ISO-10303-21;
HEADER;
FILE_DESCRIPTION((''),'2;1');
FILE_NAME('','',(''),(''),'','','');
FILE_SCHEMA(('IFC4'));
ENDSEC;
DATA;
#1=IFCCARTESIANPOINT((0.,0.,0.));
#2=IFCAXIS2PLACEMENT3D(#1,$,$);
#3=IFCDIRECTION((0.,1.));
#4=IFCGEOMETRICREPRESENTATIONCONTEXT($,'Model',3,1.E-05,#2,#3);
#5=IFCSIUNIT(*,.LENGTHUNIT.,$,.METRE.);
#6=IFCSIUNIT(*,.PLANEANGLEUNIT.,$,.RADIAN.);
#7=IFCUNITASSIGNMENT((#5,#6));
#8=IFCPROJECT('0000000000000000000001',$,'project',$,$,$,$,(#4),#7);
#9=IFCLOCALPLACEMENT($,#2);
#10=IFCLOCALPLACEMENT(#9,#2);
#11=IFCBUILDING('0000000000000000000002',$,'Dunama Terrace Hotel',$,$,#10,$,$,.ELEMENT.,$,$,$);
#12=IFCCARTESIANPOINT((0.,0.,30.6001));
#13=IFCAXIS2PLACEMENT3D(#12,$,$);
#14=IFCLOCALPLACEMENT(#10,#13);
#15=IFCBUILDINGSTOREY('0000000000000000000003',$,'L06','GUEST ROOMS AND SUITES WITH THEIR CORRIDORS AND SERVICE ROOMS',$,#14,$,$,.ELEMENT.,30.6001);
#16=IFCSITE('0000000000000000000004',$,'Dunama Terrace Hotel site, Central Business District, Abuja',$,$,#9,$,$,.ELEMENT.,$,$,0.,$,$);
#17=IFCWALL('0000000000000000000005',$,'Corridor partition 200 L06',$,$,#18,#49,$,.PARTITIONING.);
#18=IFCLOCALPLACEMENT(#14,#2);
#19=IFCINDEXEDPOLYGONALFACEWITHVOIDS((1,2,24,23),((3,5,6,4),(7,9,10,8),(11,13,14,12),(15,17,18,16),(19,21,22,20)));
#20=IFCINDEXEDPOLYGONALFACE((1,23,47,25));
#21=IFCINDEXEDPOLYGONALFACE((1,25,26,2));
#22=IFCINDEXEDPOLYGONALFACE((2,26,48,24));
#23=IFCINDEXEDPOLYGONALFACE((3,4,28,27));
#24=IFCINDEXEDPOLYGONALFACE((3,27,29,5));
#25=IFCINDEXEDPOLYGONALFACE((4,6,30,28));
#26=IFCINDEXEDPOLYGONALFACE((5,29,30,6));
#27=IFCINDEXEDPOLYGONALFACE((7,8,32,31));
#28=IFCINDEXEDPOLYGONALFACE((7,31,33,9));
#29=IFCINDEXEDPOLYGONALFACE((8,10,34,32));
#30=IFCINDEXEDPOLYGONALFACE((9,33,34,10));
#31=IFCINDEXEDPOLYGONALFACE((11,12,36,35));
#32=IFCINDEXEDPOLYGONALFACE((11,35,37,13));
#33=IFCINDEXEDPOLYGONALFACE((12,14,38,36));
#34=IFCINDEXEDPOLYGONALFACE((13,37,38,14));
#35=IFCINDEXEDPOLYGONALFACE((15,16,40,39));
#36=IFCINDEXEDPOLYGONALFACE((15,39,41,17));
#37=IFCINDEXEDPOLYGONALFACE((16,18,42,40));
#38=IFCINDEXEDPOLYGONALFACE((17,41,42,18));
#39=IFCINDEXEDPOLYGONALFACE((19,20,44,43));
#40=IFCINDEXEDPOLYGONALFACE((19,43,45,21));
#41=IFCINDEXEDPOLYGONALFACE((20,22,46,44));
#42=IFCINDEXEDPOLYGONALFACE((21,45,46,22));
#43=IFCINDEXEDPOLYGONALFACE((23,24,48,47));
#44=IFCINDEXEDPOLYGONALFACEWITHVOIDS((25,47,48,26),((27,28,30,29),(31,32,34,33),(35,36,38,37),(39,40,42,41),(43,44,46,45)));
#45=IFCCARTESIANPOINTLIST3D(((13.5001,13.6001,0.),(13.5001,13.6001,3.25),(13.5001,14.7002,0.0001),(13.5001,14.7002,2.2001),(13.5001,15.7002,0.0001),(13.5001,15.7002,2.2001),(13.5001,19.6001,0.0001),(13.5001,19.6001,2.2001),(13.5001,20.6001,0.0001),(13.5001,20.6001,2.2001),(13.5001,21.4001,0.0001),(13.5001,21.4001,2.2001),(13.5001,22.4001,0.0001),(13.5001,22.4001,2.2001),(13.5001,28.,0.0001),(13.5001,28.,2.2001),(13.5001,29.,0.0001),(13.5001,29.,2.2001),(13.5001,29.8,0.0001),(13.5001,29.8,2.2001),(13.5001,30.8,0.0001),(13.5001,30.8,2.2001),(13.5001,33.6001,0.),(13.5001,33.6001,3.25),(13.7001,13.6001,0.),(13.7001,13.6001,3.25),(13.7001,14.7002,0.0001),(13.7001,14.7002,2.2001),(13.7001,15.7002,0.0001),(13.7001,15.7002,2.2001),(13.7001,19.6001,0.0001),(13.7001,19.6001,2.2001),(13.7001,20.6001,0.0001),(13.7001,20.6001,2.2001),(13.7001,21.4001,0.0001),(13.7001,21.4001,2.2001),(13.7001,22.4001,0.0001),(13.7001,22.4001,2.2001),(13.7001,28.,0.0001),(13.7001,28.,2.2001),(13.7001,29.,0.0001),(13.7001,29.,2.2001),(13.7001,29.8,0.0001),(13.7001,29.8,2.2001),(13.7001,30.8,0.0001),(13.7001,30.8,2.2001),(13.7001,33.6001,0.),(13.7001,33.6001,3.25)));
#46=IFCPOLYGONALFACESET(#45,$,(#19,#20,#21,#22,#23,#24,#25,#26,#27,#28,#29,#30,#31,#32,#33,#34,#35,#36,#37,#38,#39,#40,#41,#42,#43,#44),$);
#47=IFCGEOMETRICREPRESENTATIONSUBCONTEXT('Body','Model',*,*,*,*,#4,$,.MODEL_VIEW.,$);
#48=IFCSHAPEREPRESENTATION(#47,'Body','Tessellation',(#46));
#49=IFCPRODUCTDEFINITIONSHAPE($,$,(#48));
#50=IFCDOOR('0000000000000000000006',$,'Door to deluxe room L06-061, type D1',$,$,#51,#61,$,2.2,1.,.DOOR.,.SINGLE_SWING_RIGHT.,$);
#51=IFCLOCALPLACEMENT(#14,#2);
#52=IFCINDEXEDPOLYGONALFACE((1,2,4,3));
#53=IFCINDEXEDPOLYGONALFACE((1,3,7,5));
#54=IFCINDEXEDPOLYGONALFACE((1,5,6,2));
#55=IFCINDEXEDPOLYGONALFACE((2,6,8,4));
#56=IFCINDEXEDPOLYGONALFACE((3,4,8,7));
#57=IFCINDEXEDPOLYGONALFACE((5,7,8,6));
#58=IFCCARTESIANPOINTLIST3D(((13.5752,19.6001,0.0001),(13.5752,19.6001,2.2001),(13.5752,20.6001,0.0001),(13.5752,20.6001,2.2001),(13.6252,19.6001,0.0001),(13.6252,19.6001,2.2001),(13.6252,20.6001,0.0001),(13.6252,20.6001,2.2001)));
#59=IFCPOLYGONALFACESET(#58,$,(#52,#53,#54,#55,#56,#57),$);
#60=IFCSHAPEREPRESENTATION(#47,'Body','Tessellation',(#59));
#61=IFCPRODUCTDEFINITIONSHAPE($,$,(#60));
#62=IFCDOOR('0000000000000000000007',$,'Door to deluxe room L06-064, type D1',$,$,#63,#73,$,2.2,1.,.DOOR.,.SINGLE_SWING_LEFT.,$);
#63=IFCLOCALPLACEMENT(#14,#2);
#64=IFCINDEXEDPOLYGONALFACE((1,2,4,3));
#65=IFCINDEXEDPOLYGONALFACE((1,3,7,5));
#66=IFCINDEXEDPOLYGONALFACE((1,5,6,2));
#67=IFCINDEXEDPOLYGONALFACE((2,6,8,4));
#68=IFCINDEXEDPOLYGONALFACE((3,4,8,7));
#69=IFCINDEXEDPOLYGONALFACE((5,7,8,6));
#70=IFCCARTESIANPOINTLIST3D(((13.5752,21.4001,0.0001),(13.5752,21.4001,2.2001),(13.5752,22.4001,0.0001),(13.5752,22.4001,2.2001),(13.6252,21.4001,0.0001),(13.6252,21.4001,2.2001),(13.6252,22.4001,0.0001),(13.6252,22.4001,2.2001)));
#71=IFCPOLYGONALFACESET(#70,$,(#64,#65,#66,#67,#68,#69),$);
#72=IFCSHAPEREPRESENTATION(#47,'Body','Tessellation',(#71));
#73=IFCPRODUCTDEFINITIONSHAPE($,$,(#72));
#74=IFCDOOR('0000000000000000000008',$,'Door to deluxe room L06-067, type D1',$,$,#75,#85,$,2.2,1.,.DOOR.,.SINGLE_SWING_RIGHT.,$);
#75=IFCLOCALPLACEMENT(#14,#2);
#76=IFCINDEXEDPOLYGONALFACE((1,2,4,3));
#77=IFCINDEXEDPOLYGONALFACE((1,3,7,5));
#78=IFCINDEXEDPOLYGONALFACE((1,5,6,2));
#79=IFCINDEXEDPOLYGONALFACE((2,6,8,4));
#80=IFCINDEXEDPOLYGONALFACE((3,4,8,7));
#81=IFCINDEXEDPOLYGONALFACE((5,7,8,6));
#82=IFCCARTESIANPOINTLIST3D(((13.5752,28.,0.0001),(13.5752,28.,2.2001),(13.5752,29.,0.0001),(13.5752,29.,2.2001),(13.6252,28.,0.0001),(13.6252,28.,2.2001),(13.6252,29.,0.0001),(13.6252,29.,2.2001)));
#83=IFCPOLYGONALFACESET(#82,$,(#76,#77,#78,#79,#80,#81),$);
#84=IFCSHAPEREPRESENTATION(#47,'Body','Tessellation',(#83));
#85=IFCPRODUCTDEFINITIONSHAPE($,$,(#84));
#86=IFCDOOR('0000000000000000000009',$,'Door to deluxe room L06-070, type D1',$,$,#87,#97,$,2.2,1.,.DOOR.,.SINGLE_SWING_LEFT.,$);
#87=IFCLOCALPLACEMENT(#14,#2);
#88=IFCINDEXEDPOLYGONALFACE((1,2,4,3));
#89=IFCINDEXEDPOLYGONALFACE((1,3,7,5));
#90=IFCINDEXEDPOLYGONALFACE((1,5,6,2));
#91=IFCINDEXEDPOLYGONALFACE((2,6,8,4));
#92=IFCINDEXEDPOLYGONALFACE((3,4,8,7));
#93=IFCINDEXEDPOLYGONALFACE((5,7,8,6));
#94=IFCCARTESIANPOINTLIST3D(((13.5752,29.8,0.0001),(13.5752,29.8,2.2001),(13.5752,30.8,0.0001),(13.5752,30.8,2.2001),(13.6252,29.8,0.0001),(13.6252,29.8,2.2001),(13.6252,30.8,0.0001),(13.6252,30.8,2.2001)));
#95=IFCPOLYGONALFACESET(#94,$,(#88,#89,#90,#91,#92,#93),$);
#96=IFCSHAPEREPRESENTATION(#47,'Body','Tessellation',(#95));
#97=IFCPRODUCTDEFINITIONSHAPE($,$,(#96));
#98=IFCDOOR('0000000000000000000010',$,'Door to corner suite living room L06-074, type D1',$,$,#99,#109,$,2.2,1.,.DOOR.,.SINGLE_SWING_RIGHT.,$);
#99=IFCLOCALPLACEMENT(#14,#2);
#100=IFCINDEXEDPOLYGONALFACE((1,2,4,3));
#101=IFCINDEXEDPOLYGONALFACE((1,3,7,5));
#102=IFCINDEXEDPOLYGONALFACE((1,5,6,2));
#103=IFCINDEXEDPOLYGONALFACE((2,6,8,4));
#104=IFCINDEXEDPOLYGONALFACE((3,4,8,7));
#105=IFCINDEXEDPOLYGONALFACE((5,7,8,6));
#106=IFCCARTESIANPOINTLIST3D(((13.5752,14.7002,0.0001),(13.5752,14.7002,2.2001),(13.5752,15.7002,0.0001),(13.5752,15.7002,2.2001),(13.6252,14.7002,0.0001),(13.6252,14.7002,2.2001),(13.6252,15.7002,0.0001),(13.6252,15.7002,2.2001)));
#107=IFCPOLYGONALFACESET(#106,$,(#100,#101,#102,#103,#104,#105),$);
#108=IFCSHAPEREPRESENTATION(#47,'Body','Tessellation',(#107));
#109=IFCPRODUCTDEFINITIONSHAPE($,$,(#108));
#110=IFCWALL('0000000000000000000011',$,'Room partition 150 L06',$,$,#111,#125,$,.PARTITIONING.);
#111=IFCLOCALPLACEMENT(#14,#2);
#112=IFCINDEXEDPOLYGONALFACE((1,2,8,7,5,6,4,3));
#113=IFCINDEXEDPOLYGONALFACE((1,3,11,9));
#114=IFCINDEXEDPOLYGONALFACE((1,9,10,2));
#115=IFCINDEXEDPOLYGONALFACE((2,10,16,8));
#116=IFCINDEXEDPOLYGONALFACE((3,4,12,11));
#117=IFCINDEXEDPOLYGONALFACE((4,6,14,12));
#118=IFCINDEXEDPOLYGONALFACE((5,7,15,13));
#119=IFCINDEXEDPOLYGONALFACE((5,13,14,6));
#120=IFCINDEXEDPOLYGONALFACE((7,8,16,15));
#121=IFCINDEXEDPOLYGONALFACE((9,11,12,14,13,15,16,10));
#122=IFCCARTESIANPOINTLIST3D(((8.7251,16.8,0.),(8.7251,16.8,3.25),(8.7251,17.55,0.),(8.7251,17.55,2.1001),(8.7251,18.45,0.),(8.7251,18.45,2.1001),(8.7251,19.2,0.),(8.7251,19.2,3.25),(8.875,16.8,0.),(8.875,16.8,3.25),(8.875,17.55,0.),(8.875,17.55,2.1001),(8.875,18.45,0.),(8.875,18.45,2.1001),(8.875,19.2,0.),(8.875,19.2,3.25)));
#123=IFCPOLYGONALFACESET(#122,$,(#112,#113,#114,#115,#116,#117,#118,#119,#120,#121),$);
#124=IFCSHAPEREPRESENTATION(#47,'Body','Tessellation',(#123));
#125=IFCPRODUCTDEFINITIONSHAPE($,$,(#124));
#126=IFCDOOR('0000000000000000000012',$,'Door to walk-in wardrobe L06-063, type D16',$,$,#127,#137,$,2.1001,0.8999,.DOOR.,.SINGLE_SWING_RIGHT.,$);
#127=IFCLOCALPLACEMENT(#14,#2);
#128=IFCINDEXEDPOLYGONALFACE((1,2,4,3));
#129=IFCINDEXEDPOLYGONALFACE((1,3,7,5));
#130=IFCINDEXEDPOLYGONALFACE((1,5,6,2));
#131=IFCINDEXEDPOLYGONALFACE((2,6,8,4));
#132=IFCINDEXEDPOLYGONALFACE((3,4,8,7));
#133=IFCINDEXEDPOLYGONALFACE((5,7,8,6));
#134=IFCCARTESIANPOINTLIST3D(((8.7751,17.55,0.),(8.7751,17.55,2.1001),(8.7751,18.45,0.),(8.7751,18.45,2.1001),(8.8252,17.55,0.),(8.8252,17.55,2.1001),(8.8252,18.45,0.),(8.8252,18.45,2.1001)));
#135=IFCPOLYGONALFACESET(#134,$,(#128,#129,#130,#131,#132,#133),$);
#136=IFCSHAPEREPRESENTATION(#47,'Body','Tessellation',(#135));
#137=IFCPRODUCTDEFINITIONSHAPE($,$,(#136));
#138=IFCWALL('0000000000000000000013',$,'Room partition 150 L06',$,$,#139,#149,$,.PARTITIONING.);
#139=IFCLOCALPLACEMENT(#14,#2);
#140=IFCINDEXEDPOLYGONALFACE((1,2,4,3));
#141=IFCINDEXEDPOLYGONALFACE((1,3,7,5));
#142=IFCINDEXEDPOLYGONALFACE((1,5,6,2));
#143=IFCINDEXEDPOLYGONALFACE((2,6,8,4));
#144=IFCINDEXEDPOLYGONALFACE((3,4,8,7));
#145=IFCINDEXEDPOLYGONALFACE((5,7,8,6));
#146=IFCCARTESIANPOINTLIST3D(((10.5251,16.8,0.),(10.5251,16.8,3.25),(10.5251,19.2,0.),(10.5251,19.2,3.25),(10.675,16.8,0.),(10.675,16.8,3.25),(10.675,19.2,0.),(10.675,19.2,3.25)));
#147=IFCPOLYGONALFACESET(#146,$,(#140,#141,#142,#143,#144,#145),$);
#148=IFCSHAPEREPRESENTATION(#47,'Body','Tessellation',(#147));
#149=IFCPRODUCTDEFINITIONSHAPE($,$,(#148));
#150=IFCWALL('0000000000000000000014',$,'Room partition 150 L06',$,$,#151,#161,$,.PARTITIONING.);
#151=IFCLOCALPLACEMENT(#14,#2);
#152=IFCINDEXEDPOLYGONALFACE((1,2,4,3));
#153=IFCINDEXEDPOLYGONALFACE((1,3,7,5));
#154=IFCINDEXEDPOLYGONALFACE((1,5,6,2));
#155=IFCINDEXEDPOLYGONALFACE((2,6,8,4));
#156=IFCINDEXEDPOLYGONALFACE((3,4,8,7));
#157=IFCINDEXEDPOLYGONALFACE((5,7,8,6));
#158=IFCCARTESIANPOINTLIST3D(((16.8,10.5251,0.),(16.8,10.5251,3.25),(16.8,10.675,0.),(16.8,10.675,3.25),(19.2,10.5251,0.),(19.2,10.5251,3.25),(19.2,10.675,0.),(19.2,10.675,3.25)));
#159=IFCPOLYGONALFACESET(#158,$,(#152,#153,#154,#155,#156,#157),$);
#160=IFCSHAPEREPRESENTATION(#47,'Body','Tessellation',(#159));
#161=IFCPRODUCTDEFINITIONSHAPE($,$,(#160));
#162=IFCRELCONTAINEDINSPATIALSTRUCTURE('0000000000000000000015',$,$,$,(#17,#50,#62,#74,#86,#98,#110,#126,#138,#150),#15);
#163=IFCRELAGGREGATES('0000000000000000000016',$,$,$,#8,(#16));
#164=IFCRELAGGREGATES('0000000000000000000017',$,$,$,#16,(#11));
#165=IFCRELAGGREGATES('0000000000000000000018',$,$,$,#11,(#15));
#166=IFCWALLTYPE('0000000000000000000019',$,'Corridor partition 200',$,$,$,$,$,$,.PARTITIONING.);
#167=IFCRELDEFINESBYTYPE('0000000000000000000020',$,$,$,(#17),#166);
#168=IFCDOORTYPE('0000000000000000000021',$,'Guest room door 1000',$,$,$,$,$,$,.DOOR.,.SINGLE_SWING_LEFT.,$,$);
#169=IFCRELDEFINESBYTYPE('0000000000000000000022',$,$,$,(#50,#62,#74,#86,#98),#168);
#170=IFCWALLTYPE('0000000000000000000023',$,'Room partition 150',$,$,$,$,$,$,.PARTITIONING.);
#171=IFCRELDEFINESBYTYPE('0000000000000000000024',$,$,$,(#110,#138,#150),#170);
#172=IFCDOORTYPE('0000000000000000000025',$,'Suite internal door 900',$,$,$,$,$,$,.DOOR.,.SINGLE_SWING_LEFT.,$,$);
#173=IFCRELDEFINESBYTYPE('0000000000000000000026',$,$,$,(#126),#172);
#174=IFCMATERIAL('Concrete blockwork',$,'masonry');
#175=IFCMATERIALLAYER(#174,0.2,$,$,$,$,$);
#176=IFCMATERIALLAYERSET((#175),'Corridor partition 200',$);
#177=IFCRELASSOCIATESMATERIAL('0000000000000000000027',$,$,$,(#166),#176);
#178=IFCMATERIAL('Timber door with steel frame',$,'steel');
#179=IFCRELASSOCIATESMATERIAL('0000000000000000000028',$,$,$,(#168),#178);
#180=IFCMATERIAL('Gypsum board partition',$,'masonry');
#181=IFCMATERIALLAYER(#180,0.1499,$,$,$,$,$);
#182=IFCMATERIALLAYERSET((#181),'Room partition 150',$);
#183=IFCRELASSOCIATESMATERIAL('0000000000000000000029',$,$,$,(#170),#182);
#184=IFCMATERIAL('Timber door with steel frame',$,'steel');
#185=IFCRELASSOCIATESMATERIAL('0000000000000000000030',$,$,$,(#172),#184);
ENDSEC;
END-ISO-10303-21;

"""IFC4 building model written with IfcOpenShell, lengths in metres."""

from ifc_helpers import new_model, si_unit, direction, frame, frame_2d, origin, place, context, subcontext, project, spatial, rectangle, extrude, material, layer, layer_set, type_object, element, fill, save


model = new_model("IFC4")

# Units and contexts
model_context = context("Model", 3, precision=1e-05, world=origin(), true_north=direction((0.0, 1.0)))
body_context = subcontext(model_context, "Body", "Model", "MODEL_VIEW")
ifc_project = project(units=[si_unit("LENGTHUNIT", "METRE"), si_unit("PLANEANGLEUNIT", "RADIAN")], contexts=[model_context])

# Site, building, storey
site_placement = place(None, origin())
site = spatial("IfcSite", under=ifc_project, at=site_placement, Name="Dunama Terrace Hotel site, Central Business District, Abuja", CompositionType="ELEMENT", RefElevation=0.0)
building_placement = place(site_placement, origin())
building = spatial("IfcBuilding", under=site, at=building_placement, Name="Dunama Terrace Hotel", CompositionType="ELEMENT")
storey_placement = place(building_placement, frame((0.0, 0.0, 30.6001)))
storey = spatial("IfcBuildingStorey", under=building, at=storey_placement, Name="L06", Description="GUEST ROOMS AND SUITES WITH THEIR CORRIDORS AND SERVICE ROOMS", CompositionType="ELEMENT", Elevation=30.6001)

# Wall, openings, doors
ifc_material_1 = material(Name="Concrete blockwork", Category="masonry")
ifc_layer_1 = layer(ifc_material_1, 0.2)
ifc_layer_set_1 = layer_set([ifc_layer_1], Name="Corridor partition 200")
wall_type_1 = type_object("IfcWallType", Name="Corridor partition 200", PredefinedType="PARTITIONING", material=ifc_layer_set_1)
wall_1_placement = place(storey_placement, frame((13.6001, 13.6001, 0.0), z_axis=(0.0, 0.0, 1.0), x_axis=(0.0, 1.0, 0.0)))
wall_1 = element("IfcWall", 1, at=wall_1_placement, inside=storey, type_object=wall_type_1, Name="Corridor partition 200 L06", PredefinedType="PARTITIONING", context=body_context, shape_type="SweptSolid", body=[
    extrude(rectangle(XDim=20.0, YDim=0.2, at=frame_2d((10.0, 0.0))), origin(), (0.0, 0.0, 1.0), 3.25),
])
opening_1_placement = place(wall_1_placement, frame((6.0, 0.0, 0.0)))
opening_1 = element("IfcOpeningElement", 2, at=opening_1_placement, cuts=wall_1, PredefinedType="OPENING", context=body_context, shape_type="SweptSolid", body=[
    extrude(rectangle(XDim=1.0, YDim=2.2, at=frame_2d((0.5, 1.1001))), frame((0.0, 0.1099, 0.0), z_axis=(0.0, -1.0, 0.0), x_axis=(1.0, 0.0, 0.0)), (0.0, 0.0, 1.0), 0.22),
])
opening_2_placement = place(wall_1_placement, frame((7.8, 0.0, 0.0)))
opening_2 = element("IfcOpeningElement", 3, at=opening_2_placement, cuts=wall_1, PredefinedType="OPENING", context=body_context, shape_type="SweptSolid", body=[
    extrude(rectangle(XDim=1.0, YDim=2.2, at=frame_2d((0.5, 1.1001))), frame((0.0, 0.1099, 0.0), z_axis=(0.0, -1.0, 0.0), x_axis=(1.0, 0.0, 0.0)), (0.0, 0.0, 1.0), 0.22),
])
opening_3_placement = place(wall_1_placement, frame((14.3999, 0.0, 0.0)))
opening_3 = element("IfcOpeningElement", 4, at=opening_3_placement, cuts=wall_1, PredefinedType="OPENING", context=body_context, shape_type="SweptSolid", body=[
    extrude(rectangle(XDim=1.0, YDim=2.2, at=frame_2d((0.5, 1.1001))), frame((0.0, 0.1099, 0.0), z_axis=(0.0, -1.0, 0.0), x_axis=(1.0, 0.0, 0.0)), (0.0, 0.0, 1.0), 0.22),
])
opening_4_placement = place(wall_1_placement, frame((16.2, 0.0, 0.0)))
opening_4 = element("IfcOpeningElement", 5, at=opening_4_placement, cuts=wall_1, PredefinedType="OPENING", context=body_context, shape_type="SweptSolid", body=[
    extrude(rectangle(XDim=1.0, YDim=2.2, at=frame_2d((0.5, 1.1001))), frame((0.0, 0.1099, 0.0), z_axis=(0.0, -1.0, 0.0), x_axis=(1.0, 0.0, 0.0)), (0.0, 0.0, 1.0), 0.22),
])
opening_5_placement = place(wall_1_placement, frame((1.1001, 0.0, 0.0)))
opening_5 = element("IfcOpeningElement", 6, at=opening_5_placement, cuts=wall_1, PredefinedType="OPENING", context=body_context, shape_type="SweptSolid", body=[
    extrude(rectangle(XDim=1.0, YDim=2.2, at=frame_2d((0.5, 1.1001))), frame((0.0, 0.1099, 0.0), z_axis=(0.0, -1.0, 0.0), x_axis=(1.0, 0.0, 0.0)), (0.0, 0.0, 1.0), 0.22),
])
ifc_material_2 = material(Name="Timber door with steel frame", Category="steel")
door_type_1 = type_object("IfcDoorType", Name="Guest room door 1000", OperationType="SINGLE_SWING_LEFT", PredefinedType="DOOR", material=ifc_material_2)
door_1_placement = place(opening_1_placement, origin())
door_1 = element("IfcDoor", 7, at=door_1_placement, inside=storey, type_object=door_type_1, Name="Door to deluxe room L06-061, type D1", OperationType="SINGLE_SWING_RIGHT", OverallHeight=2.2, OverallWidth=1.0, PredefinedType="DOOR", context=body_context, shape_type="SweptSolid", body=[
    extrude(rectangle(XDim=1.0, YDim=2.2, at=frame_2d((0.5, 1.1001))), frame((0.0, 0.0249, 0.0), z_axis=(0.0, -1.0, 0.0), x_axis=(1.0, 0.0, 0.0)), (0.0, 0.0, 1.0), 0.05),
])
fill(opening_1, door_1)
door_2_placement = place(opening_2_placement, origin())
door_2 = element("IfcDoor", 8, at=door_2_placement, inside=storey, type_object=door_type_1, Name="Door to deluxe room L06-064, type D1", OperationType="SINGLE_SWING_LEFT", OverallHeight=2.2, OverallWidth=1.0, PredefinedType="DOOR", context=body_context, shape_type="SweptSolid", body=[
    extrude(rectangle(XDim=1.0, YDim=2.2, at=frame_2d((0.5, 1.1001))), frame((0.0, 0.0249, 0.0), z_axis=(0.0, -1.0, 0.0), x_axis=(1.0, 0.0, 0.0)), (0.0, 0.0, 1.0), 0.05),
])
fill(opening_2, door_2)
door_3_placement = place(opening_3_placement, origin())
door_3 = element("IfcDoor", 9, at=door_3_placement, inside=storey, type_object=door_type_1, Name="Door to deluxe room L06-067, type D1", OperationType="SINGLE_SWING_RIGHT", OverallHeight=2.2, OverallWidth=1.0, PredefinedType="DOOR", context=body_context, shape_type="SweptSolid", body=[
    extrude(rectangle(XDim=1.0, YDim=2.2, at=frame_2d((0.5, 1.1001))), frame((0.0, 0.0249, 0.0), z_axis=(0.0, -1.0, 0.0), x_axis=(1.0, 0.0, 0.0)), (0.0, 0.0, 1.0), 0.05),
])
fill(opening_3, door_3)
door_4_placement = place(opening_4_placement, origin())
door_4 = element("IfcDoor", 10, at=door_4_placement, inside=storey, type_object=door_type_1, Name="Door to deluxe room L06-070, type D1", OperationType="SINGLE_SWING_LEFT", OverallHeight=2.2, OverallWidth=1.0, PredefinedType="DOOR", context=body_context, shape_type="SweptSolid", body=[
    extrude(rectangle(XDim=1.0, YDim=2.2, at=frame_2d((0.5, 1.1001))), frame((0.0, 0.0249, 0.0), z_axis=(0.0, -1.0, 0.0), x_axis=(1.0, 0.0, 0.0)), (0.0, 0.0, 1.0), 0.05),
])
fill(opening_4, door_4)
door_5_placement = place(opening_5_placement, origin())
door_5 = element("IfcDoor", 11, at=door_5_placement, inside=storey, type_object=door_type_1, Name="Door to corner suite living room L06-074, type D1", OperationType="SINGLE_SWING_RIGHT", OverallHeight=2.2, OverallWidth=1.0, PredefinedType="DOOR", context=body_context, shape_type="SweptSolid", body=[
    extrude(rectangle(XDim=1.0, YDim=2.2, at=frame_2d((0.5, 1.1001))), frame((0.0, 0.0249, 0.0), z_axis=(0.0, -1.0, 0.0), x_axis=(1.0, 0.0, 0.0)), (0.0, 0.0, 1.0), 0.05),
])
fill(opening_5, door_5)

# Wall, opening, door
ifc_material_3 = material(Name="Gypsum board partition", Category="masonry")
ifc_layer_2 = layer(ifc_material_3, 0.1499)
ifc_layer_set_2 = layer_set([ifc_layer_2], Name="Room partition 150")
wall_type_2 = type_object("IfcWallType", Name="Room partition 150", PredefinedType="PARTITIONING", material=ifc_layer_set_2)
wall_2_placement = place(storey_placement, frame((8.8, 16.8, 0.0), z_axis=(0.0, 0.0, 1.0), x_axis=(0.0, 1.0, 0.0)))
wall_2 = element("IfcWall", 12, at=wall_2_placement, inside=storey, type_object=wall_type_2, Name="Room partition 150 L06", PredefinedType="PARTITIONING", context=body_context, shape_type="SweptSolid", body=[
    extrude(rectangle(XDim=2.3999, YDim=0.1499, at=frame_2d((1.2, 0.0))), origin(), (0.0, 0.0, 1.0), 3.25),
])
opening_6_placement = place(wall_2_placement, frame((0.75, 0.0, 0.0)))
opening_6 = element("IfcOpeningElement", 13, at=opening_6_placement, cuts=wall_2, PredefinedType="OPENING", context=body_context, shape_type="SweptSolid", body=[
    extrude(rectangle(XDim=0.8999, YDim=2.1001, at=frame_2d((0.45, 1.05))), frame((0.0, 0.085, 0.0), z_axis=(0.0, -1.0, 0.0), x_axis=(1.0, 0.0, 0.0)), (0.0, 0.0, 1.0), 0.1699),
])
ifc_material_4 = material(Name="Timber door with steel frame", Category="steel")
door_type_2 = type_object("IfcDoorType", Name="Suite internal door 900", OperationType="SINGLE_SWING_LEFT", PredefinedType="DOOR", material=ifc_material_4)
door_6_placement = place(opening_6_placement, frame((0.8999, 0.0, 0.0), z_axis=(0.0, 0.0, 1.0), x_axis=(-1.0, 0.0, 0.0)))
door_6 = element("IfcDoor", 14, at=door_6_placement, inside=storey, type_object=door_type_2, Name="Door to walk-in wardrobe L06-063, type D16", OperationType="SINGLE_SWING_RIGHT", OverallHeight=2.1001, OverallWidth=0.8999, PredefinedType="DOOR", context=body_context, shape_type="SweptSolid", body=[
    extrude(rectangle(XDim=0.8999, YDim=2.1001, at=frame_2d((0.45, 1.05))), frame((0.0, 0.0251, 0.0), z_axis=(0.0, -1.0, 0.0), x_axis=(1.0, 0.0, 0.0)), (0.0, 0.0, 1.0), 0.05),
])
fill(opening_6, door_6)

# Walls
for number, where, z_axis, x_axis, name in (
    (15, (10.6001, 16.8, 0.0), (0.0, 0.0, 1.0), (0.0, 1.0, 0.0), "Room partition 150 L06"),
    (16, (16.8, 10.6001, 0.0), (0.0, 0.0, 1.0), (1.0, 0.0, 0.0), "Room partition 150 L06"),
):
    element("IfcWall", number, at=place(storey_placement, frame(where, z_axis=z_axis, x_axis=x_axis)), inside=storey, type_object=wall_type_2, Name=name, PredefinedType="PARTITIONING", context=body_context, shape_type="SweptSolid", body=[
        extrude(rectangle(XDim=2.3999, YDim=0.1499, at=frame_2d((1.2, 0.0))), origin(), (0.0, 0.0, 1.0), 3.25),
    ])

save(model, "model.ifc")
